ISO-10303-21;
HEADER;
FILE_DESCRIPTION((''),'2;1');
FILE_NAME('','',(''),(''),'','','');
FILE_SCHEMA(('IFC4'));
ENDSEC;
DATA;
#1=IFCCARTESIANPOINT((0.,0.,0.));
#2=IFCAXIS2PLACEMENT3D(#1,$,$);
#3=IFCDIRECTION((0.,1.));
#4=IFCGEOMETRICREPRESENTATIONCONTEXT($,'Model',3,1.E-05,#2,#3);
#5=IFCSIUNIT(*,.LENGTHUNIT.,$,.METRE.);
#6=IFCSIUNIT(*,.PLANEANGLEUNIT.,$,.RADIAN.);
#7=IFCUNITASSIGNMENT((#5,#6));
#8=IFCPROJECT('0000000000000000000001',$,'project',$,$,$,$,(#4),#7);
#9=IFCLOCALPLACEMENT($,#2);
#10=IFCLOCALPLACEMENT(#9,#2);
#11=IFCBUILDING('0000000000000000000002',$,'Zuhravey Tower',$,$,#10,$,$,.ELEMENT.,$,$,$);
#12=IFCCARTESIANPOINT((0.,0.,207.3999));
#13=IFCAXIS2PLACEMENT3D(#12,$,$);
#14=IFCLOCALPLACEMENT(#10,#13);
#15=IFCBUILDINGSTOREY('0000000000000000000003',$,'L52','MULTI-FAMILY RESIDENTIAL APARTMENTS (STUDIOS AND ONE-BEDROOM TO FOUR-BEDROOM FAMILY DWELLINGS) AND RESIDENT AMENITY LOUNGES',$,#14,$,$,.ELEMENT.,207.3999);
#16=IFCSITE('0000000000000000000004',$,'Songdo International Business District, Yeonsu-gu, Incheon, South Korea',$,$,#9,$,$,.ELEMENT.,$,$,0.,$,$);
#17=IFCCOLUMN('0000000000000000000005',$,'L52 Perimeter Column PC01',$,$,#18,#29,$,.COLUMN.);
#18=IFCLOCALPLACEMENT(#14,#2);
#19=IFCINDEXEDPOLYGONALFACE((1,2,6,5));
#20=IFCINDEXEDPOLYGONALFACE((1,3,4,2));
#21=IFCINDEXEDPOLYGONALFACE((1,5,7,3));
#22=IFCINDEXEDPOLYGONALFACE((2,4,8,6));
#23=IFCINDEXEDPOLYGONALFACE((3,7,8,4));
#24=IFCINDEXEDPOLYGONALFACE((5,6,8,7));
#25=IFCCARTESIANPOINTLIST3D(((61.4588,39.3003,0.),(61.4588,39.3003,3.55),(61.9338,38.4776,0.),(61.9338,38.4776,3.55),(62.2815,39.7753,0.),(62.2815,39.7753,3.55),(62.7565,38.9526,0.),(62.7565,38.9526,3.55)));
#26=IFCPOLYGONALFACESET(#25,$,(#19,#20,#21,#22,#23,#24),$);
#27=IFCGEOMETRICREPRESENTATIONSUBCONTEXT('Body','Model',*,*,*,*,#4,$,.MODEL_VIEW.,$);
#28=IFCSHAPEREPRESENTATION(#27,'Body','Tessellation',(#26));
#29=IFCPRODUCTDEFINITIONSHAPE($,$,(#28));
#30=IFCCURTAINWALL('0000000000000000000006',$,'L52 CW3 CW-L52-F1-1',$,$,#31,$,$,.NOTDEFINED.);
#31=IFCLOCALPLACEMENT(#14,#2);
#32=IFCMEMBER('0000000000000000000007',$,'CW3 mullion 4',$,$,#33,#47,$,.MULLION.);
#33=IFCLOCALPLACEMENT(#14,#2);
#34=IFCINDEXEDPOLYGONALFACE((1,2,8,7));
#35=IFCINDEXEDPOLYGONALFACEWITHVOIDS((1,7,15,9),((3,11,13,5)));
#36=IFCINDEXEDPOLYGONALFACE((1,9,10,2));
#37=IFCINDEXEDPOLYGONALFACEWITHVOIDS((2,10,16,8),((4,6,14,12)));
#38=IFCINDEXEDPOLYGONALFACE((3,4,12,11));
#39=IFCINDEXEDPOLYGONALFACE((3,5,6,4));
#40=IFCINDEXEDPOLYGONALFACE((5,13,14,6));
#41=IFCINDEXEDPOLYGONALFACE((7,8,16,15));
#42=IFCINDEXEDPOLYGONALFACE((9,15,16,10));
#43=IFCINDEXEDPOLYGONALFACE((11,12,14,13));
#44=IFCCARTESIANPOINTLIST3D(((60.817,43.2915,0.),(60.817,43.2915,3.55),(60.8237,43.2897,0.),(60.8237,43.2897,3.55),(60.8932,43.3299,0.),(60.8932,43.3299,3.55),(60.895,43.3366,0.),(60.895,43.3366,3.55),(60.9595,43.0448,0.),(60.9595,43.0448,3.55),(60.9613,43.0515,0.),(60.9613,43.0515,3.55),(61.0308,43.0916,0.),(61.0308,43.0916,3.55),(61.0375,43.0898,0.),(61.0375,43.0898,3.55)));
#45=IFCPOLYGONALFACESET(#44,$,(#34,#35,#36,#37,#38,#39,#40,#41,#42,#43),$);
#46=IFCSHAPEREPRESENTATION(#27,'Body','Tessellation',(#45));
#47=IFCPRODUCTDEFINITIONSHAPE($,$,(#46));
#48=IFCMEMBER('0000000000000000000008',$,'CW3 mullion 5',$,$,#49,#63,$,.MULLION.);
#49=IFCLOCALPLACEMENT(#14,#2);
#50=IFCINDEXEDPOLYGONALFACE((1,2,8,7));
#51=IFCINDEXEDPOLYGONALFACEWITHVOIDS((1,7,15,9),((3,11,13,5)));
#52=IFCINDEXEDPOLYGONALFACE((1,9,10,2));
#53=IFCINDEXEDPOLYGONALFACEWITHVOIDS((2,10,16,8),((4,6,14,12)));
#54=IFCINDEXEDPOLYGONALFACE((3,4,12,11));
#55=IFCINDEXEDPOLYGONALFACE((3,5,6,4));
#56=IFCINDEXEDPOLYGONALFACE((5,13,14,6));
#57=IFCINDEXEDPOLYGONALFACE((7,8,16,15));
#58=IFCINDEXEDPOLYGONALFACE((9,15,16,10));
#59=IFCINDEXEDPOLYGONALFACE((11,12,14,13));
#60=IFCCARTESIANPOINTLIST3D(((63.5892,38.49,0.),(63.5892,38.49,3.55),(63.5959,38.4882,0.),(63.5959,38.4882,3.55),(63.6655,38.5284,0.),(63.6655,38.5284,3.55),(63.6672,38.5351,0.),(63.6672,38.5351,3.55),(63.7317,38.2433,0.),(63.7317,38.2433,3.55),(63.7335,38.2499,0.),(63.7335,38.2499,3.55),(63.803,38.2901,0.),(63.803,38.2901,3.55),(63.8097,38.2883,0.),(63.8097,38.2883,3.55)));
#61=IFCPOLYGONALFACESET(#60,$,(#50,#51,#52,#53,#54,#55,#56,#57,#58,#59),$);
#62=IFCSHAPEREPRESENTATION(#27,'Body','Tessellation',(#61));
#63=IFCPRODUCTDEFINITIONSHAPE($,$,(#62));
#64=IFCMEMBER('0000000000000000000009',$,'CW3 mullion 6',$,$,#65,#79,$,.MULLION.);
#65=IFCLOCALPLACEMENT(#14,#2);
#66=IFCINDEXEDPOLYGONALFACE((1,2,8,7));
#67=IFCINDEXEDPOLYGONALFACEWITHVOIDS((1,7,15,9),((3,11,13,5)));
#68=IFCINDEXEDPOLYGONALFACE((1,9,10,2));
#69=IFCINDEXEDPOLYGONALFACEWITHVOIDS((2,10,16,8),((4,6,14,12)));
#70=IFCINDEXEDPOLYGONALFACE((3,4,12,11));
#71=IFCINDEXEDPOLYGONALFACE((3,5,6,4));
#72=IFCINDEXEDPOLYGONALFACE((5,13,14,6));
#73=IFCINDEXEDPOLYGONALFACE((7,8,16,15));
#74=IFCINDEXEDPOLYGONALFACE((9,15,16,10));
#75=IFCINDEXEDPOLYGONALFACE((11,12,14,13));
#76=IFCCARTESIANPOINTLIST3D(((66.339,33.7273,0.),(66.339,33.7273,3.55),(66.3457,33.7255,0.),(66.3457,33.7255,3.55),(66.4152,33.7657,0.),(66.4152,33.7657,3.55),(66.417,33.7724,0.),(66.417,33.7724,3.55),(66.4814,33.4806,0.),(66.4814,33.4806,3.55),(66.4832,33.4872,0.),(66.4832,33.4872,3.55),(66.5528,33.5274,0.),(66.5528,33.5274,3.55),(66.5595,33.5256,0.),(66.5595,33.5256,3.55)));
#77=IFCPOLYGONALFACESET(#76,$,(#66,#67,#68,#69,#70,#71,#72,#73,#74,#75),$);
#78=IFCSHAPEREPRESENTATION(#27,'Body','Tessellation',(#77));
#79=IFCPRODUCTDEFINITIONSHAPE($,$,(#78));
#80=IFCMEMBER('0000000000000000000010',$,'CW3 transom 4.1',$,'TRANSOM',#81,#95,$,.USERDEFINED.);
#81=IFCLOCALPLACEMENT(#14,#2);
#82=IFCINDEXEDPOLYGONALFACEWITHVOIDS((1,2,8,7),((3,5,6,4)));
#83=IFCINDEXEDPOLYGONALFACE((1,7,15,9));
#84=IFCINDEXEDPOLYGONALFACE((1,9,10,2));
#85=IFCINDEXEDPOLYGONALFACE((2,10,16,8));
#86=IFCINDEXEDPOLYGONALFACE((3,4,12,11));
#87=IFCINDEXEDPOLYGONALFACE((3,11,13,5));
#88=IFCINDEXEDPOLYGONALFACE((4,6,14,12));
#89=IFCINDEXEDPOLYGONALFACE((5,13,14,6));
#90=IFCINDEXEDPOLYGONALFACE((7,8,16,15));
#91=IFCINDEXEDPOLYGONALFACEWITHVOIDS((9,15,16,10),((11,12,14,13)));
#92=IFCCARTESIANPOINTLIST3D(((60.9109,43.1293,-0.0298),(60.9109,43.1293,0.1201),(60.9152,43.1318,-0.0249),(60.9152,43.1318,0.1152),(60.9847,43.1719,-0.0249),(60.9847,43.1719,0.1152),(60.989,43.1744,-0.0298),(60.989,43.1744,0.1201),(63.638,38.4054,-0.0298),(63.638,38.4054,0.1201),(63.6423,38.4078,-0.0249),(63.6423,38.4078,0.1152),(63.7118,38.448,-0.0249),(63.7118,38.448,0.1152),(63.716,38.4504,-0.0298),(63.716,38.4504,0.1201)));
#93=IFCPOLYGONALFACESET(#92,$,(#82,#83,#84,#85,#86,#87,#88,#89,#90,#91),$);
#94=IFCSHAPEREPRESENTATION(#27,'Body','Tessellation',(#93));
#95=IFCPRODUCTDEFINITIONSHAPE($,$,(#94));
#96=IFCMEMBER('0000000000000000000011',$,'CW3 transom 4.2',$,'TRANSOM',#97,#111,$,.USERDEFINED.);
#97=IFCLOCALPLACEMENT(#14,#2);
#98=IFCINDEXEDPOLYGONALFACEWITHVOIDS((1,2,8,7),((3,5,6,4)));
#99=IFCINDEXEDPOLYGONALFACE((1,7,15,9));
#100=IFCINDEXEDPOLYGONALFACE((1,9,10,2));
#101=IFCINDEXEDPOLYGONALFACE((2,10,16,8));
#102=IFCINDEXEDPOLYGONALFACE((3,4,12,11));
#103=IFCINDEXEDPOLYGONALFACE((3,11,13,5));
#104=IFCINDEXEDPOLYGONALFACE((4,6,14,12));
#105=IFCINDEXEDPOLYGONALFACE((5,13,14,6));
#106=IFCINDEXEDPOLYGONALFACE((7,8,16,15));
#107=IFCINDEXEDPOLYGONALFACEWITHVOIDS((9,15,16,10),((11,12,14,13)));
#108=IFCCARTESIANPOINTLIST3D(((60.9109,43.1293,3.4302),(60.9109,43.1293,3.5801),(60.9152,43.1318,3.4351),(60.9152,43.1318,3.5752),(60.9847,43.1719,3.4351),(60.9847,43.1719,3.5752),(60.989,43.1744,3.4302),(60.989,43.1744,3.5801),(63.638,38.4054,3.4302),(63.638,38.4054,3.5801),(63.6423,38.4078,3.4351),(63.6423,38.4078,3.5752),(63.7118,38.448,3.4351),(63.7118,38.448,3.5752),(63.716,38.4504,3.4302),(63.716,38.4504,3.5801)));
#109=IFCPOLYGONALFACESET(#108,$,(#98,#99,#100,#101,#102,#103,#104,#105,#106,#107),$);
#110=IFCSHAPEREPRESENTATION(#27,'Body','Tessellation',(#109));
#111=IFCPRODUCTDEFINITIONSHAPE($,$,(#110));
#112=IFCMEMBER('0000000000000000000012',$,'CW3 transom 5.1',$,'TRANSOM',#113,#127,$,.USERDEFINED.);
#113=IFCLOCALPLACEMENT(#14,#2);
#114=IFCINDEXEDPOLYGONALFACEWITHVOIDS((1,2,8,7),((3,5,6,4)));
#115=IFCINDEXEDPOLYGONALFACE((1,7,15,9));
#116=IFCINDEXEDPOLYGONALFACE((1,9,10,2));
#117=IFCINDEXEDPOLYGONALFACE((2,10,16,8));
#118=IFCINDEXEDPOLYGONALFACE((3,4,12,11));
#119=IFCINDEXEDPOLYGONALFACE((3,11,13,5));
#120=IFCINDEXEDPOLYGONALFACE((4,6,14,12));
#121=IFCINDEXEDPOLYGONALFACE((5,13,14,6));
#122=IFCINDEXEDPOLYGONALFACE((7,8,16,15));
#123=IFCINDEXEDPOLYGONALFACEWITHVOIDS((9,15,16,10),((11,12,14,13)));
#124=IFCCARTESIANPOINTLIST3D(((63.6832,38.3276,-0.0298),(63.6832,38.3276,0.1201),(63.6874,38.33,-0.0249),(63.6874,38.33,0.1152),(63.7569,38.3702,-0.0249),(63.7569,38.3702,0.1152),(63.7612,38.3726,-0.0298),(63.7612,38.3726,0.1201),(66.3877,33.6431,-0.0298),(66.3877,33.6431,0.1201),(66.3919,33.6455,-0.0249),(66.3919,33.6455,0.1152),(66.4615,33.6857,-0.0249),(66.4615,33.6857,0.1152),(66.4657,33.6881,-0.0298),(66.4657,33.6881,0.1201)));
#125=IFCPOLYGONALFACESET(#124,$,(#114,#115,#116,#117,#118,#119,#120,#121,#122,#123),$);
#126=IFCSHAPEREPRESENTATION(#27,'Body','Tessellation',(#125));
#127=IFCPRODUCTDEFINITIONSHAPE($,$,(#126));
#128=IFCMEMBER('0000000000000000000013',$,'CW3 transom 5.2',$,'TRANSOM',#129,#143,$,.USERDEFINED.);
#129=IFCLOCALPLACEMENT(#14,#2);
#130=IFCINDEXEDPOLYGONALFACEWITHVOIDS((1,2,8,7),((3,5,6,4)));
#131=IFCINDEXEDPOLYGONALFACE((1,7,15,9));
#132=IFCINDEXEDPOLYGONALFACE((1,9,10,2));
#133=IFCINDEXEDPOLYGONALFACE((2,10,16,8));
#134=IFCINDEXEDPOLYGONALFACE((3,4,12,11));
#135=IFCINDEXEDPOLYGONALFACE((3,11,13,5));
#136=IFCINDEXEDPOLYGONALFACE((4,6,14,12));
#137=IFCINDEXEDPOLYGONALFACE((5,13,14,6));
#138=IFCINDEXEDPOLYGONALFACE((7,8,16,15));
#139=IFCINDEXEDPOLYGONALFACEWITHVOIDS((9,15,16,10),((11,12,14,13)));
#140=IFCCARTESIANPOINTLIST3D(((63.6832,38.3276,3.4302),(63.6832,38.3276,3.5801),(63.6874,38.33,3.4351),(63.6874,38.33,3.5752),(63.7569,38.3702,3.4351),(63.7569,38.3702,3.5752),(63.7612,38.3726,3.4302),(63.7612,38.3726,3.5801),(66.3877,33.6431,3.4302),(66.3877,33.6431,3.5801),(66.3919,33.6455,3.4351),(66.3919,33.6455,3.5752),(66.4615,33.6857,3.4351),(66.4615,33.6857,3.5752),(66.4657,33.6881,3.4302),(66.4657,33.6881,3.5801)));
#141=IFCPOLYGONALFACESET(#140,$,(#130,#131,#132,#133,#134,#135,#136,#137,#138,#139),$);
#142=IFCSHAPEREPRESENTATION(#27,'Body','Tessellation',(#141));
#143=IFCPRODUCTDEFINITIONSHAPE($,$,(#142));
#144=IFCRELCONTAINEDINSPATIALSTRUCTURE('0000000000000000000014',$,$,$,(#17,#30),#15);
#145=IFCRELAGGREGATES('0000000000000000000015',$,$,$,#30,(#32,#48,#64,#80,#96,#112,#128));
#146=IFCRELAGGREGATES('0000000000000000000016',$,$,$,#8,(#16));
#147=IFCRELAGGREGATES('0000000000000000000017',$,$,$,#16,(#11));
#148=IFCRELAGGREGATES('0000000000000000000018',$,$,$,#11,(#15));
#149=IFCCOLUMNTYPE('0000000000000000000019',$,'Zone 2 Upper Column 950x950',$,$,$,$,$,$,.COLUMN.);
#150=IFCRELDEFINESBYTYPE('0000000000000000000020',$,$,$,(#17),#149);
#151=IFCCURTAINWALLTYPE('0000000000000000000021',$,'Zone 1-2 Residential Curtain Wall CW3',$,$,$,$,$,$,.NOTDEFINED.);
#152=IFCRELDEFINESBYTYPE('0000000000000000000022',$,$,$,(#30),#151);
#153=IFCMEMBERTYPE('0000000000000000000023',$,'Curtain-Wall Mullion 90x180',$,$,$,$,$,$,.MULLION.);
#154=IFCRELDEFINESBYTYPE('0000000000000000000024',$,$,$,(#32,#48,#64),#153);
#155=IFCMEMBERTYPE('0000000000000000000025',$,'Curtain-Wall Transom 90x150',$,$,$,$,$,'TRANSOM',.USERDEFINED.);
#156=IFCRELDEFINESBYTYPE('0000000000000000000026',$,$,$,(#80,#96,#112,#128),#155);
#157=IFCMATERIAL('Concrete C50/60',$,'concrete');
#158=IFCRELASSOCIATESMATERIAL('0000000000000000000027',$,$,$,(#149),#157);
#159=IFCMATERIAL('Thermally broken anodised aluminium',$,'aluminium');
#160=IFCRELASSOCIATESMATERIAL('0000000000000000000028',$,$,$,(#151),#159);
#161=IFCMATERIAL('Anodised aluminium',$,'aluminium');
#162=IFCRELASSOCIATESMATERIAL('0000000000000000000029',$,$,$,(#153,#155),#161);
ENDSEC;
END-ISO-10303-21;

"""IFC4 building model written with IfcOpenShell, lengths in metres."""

from ifc_helpers import new_model, si_unit, direction, frame, origin, origin_2d, place, context, subcontext, project, spatial, rectangle, hollow_rectangle, extrude, material, material_profile, profile_set, type_object, element, aggregate, save


model = new_model("IFC4")

# Units and contexts
model_context = context("Model", 3, precision=1e-05, world=origin(), true_north=direction((0.0, 1.0)))
body_context = subcontext(model_context, "Body", "Model", "MODEL_VIEW")
ifc_project = project(units=[si_unit("LENGTHUNIT", "METRE"), si_unit("PLANEANGLEUNIT", "RADIAN")], contexts=[model_context])

# Site, building, storey
site_placement = place(None, origin())
site = spatial("IfcSite", under=ifc_project, at=site_placement, Name="Songdo International Business District, Yeonsu-gu, Incheon, South Korea", CompositionType="ELEMENT", RefElevation=0.0)
building_placement = place(site_placement, origin())
building = spatial("IfcBuilding", under=site, at=building_placement, Name="Zuhravey Tower", CompositionType="ELEMENT")
storey_placement = place(building_placement, frame((0.0, 0.0, 207.3999)))
storey = spatial("IfcBuildingStorey", under=building, at=storey_placement, Name="L52", Description="MULTI-FAMILY RESIDENTIAL APARTMENTS (STUDIOS AND ONE-BEDROOM TO FOUR-BEDROOM FAMILY DWELLINGS) AND RESIDENT AMENITY LOUNGES", CompositionType="ELEMENT", Elevation=207.3999)

# Column
ifc_material_1 = material(Name="Concrete C50/60", Category="concrete")
ifc_material_profile_1 = material_profile(ifc_material_1, rectangle(XDim=0.95, YDim=0.95, at=origin_2d()), Name="RC-950x950")
ifc_profile_set_1 = profile_set([ifc_material_profile_1], Name="Concrete C50/60")
column_type = type_object("IfcColumnType", Name="Zone 2 Upper Column 950x950", PredefinedType="COLUMN", material=ifc_profile_set_1)
column_placement = place(storey_placement, frame((62.1077, 39.1265, 0.0), z_axis=(0.0, 0.0, 1.0), x_axis=(-0.5, 0.866025, 0.0)))
element("IfcColumn", 1, at=column_placement, inside=storey, type_object=column_type, Name="L52 Perimeter Column PC01", PredefinedType="COLUMN", context=body_context, shape_type="SweptSolid", body=[
    extrude(rectangle(XDim=0.95, YDim=0.95, at=origin_2d()), origin(), (0.0, 0.0, 1.0), 3.55),
])

# Curtain wall, members
ifc_material_2 = material(Name="Thermally broken anodised aluminium", Category="aluminium")
curtain_wall_type = type_object("IfcCurtainWallType", Name="Zone 1-2 Residential Curtain Wall CW3", PredefinedType="NOTDEFINED", material=ifc_material_2)
curtain_wall_placement = place(storey_placement, origin())
curtain_wall = element("IfcCurtainWall", 2, at=curtain_wall_placement, inside=storey, type_object=curtain_wall_type, Name="L52 CW3 CW-L52-F1-1", PredefinedType="NOTDEFINED")
ifc_material_3 = material(Name="Anodised aluminium", Category="aluminium")
ifc_material_profile_2 = material_profile(ifc_material_3, hollow_rectangle(XDim=0.0901, YDim=0.2849, WallThickness=0.0049, at=origin_2d()), Name="ALU-RHS-90x285x5")
ifc_profile_set_2 = profile_set([ifc_material_profile_2], Name="Anodised aluminium")
member_type_1 = type_object("IfcMemberType", Name="Curtain-Wall Mullion 90x180", PredefinedType="MULLION", material=ifc_profile_set_2)
member_1_placement = place(storey_placement, frame((60.9272, 43.1907, 0.0), z_axis=(0.0, 0.0, 1.0), x_axis=(0.866025, 0.5, 0.0)))
member_1 = element("IfcMember", 3, at=member_1_placement, type_object=member_type_1, Name="CW3 mullion 4", PredefinedType="MULLION", context=body_context, shape_type="SweptSolid", body=[
    extrude(hollow_rectangle(XDim=0.0901, YDim=0.2849, WallThickness=0.0049, at=origin_2d()), origin(), (0.0, 0.0, 1.0), 3.55),
])
member_2_placement = place(storey_placement, frame((63.6995, 38.3892, 0.0), z_axis=(0.0, 0.0, 1.0), x_axis=(0.866025, 0.5, 0.0)))
member_2 = element("IfcMember", 4, at=member_2_placement, type_object=member_type_1, Name="CW3 mullion 5", PredefinedType="MULLION", context=body_context, shape_type="SweptSolid", body=[
    extrude(hollow_rectangle(XDim=0.0901, YDim=0.2849, WallThickness=0.0049, at=origin_2d()), origin(), (0.0, 0.0, 1.0), 3.55),
])
member_3_placement = place(storey_placement, frame((66.4492, 33.6265, 0.0), z_axis=(0.0, 0.0, 1.0), x_axis=(0.866025, 0.5, 0.0)))
member_3 = element("IfcMember", 5, at=member_3_placement, type_object=member_type_1, Name="CW3 mullion 6", PredefinedType="MULLION", context=body_context, shape_type="SweptSolid", body=[
    extrude(hollow_rectangle(XDim=0.0901, YDim=0.2849, WallThickness=0.0049, at=origin_2d()), origin(), (0.0, 0.0, 1.0), 3.55),
])
ifc_material_profile_3 = material_profile(ifc_material_3, hollow_rectangle(XDim=0.0901, YDim=0.1499, WallThickness=0.0049, at=origin_2d()), Name="ALU-RHS-90x150x5")
ifc_profile_set_3 = profile_set([ifc_material_profile_3], Name="Anodised aluminium")
member_type_2 = type_object("IfcMemberType", Name="Curtain-Wall Transom 90x150", ElementType="TRANSOM", PredefinedType="USERDEFINED", material=ifc_profile_set_3)
member_4_placement = place(storey_placement, frame((60.95, 43.1519, 0.0452), z_axis=(0.499961, -0.866048, 0.0), x_axis=(0.866048, 0.499961, 0.0)))
member_4 = element("IfcMember", 6, at=member_4_placement, type_object=member_type_2, Name="CW3 transom 4.1", ObjectType="TRANSOM", PredefinedType="USERDEFINED", context=body_context, shape_type="SweptSolid", body=[
    extrude(hollow_rectangle(XDim=0.0901, YDim=0.1499, WallThickness=0.0049, at=origin_2d()), origin(), (0.0, 0.0, 1.0), 5.4546),
])
member_5_placement = place(storey_placement, frame((60.95, 43.1519, 3.5051), z_axis=(0.499961, -0.866048, 0.0), x_axis=(0.866048, 0.499961, 0.0)))
member_5 = element("IfcMember", 7, at=member_5_placement, type_object=member_type_2, Name="CW3 transom 4.2", ObjectType="TRANSOM", PredefinedType="USERDEFINED", context=body_context, shape_type="SweptSolid", body=[
    extrude(hollow_rectangle(XDim=0.0901, YDim=0.1499, WallThickness=0.0049, at=origin_2d()), origin(), (0.0, 0.0, 1.0), 5.4546),
])
member_6_placement = place(storey_placement, frame((63.7222, 38.3501, 0.0452), z_axis=(0.499993, -0.866029, 0.0), x_axis=(0.866029, 0.499993, 0.0)))
member_6 = element("IfcMember", 8, at=member_6_placement, type_object=member_type_2, Name="CW3 transom 5.1", ObjectType="TRANSOM", PredefinedType="USERDEFINED", context=body_context, shape_type="SweptSolid", body=[
    extrude(hollow_rectangle(XDim=0.0901, YDim=0.1499, WallThickness=0.0049, at=origin_2d()), origin(), (0.0, 0.0, 1.0), 5.4092),
])
member_7_placement = place(storey_placement, frame((63.7222, 38.3501, 3.5051), z_axis=(0.499993, -0.866029, 0.0), x_axis=(0.866029, 0.499993, 0.0)))
member_7 = element("IfcMember", 9, at=member_7_placement, type_object=member_type_2, Name="CW3 transom 5.2", ObjectType="TRANSOM", PredefinedType="USERDEFINED", context=body_context, shape_type="SweptSolid", body=[
    extrude(hollow_rectangle(XDim=0.0901, YDim=0.1499, WallThickness=0.0049, at=origin_2d()), origin(), (0.0, 0.0, 1.0), 5.4092),
])

aggregate(curtain_wall, [member_1, member_2, member_3, member_4, member_5, member_6, member_7])

save(model, "model.ifc")
